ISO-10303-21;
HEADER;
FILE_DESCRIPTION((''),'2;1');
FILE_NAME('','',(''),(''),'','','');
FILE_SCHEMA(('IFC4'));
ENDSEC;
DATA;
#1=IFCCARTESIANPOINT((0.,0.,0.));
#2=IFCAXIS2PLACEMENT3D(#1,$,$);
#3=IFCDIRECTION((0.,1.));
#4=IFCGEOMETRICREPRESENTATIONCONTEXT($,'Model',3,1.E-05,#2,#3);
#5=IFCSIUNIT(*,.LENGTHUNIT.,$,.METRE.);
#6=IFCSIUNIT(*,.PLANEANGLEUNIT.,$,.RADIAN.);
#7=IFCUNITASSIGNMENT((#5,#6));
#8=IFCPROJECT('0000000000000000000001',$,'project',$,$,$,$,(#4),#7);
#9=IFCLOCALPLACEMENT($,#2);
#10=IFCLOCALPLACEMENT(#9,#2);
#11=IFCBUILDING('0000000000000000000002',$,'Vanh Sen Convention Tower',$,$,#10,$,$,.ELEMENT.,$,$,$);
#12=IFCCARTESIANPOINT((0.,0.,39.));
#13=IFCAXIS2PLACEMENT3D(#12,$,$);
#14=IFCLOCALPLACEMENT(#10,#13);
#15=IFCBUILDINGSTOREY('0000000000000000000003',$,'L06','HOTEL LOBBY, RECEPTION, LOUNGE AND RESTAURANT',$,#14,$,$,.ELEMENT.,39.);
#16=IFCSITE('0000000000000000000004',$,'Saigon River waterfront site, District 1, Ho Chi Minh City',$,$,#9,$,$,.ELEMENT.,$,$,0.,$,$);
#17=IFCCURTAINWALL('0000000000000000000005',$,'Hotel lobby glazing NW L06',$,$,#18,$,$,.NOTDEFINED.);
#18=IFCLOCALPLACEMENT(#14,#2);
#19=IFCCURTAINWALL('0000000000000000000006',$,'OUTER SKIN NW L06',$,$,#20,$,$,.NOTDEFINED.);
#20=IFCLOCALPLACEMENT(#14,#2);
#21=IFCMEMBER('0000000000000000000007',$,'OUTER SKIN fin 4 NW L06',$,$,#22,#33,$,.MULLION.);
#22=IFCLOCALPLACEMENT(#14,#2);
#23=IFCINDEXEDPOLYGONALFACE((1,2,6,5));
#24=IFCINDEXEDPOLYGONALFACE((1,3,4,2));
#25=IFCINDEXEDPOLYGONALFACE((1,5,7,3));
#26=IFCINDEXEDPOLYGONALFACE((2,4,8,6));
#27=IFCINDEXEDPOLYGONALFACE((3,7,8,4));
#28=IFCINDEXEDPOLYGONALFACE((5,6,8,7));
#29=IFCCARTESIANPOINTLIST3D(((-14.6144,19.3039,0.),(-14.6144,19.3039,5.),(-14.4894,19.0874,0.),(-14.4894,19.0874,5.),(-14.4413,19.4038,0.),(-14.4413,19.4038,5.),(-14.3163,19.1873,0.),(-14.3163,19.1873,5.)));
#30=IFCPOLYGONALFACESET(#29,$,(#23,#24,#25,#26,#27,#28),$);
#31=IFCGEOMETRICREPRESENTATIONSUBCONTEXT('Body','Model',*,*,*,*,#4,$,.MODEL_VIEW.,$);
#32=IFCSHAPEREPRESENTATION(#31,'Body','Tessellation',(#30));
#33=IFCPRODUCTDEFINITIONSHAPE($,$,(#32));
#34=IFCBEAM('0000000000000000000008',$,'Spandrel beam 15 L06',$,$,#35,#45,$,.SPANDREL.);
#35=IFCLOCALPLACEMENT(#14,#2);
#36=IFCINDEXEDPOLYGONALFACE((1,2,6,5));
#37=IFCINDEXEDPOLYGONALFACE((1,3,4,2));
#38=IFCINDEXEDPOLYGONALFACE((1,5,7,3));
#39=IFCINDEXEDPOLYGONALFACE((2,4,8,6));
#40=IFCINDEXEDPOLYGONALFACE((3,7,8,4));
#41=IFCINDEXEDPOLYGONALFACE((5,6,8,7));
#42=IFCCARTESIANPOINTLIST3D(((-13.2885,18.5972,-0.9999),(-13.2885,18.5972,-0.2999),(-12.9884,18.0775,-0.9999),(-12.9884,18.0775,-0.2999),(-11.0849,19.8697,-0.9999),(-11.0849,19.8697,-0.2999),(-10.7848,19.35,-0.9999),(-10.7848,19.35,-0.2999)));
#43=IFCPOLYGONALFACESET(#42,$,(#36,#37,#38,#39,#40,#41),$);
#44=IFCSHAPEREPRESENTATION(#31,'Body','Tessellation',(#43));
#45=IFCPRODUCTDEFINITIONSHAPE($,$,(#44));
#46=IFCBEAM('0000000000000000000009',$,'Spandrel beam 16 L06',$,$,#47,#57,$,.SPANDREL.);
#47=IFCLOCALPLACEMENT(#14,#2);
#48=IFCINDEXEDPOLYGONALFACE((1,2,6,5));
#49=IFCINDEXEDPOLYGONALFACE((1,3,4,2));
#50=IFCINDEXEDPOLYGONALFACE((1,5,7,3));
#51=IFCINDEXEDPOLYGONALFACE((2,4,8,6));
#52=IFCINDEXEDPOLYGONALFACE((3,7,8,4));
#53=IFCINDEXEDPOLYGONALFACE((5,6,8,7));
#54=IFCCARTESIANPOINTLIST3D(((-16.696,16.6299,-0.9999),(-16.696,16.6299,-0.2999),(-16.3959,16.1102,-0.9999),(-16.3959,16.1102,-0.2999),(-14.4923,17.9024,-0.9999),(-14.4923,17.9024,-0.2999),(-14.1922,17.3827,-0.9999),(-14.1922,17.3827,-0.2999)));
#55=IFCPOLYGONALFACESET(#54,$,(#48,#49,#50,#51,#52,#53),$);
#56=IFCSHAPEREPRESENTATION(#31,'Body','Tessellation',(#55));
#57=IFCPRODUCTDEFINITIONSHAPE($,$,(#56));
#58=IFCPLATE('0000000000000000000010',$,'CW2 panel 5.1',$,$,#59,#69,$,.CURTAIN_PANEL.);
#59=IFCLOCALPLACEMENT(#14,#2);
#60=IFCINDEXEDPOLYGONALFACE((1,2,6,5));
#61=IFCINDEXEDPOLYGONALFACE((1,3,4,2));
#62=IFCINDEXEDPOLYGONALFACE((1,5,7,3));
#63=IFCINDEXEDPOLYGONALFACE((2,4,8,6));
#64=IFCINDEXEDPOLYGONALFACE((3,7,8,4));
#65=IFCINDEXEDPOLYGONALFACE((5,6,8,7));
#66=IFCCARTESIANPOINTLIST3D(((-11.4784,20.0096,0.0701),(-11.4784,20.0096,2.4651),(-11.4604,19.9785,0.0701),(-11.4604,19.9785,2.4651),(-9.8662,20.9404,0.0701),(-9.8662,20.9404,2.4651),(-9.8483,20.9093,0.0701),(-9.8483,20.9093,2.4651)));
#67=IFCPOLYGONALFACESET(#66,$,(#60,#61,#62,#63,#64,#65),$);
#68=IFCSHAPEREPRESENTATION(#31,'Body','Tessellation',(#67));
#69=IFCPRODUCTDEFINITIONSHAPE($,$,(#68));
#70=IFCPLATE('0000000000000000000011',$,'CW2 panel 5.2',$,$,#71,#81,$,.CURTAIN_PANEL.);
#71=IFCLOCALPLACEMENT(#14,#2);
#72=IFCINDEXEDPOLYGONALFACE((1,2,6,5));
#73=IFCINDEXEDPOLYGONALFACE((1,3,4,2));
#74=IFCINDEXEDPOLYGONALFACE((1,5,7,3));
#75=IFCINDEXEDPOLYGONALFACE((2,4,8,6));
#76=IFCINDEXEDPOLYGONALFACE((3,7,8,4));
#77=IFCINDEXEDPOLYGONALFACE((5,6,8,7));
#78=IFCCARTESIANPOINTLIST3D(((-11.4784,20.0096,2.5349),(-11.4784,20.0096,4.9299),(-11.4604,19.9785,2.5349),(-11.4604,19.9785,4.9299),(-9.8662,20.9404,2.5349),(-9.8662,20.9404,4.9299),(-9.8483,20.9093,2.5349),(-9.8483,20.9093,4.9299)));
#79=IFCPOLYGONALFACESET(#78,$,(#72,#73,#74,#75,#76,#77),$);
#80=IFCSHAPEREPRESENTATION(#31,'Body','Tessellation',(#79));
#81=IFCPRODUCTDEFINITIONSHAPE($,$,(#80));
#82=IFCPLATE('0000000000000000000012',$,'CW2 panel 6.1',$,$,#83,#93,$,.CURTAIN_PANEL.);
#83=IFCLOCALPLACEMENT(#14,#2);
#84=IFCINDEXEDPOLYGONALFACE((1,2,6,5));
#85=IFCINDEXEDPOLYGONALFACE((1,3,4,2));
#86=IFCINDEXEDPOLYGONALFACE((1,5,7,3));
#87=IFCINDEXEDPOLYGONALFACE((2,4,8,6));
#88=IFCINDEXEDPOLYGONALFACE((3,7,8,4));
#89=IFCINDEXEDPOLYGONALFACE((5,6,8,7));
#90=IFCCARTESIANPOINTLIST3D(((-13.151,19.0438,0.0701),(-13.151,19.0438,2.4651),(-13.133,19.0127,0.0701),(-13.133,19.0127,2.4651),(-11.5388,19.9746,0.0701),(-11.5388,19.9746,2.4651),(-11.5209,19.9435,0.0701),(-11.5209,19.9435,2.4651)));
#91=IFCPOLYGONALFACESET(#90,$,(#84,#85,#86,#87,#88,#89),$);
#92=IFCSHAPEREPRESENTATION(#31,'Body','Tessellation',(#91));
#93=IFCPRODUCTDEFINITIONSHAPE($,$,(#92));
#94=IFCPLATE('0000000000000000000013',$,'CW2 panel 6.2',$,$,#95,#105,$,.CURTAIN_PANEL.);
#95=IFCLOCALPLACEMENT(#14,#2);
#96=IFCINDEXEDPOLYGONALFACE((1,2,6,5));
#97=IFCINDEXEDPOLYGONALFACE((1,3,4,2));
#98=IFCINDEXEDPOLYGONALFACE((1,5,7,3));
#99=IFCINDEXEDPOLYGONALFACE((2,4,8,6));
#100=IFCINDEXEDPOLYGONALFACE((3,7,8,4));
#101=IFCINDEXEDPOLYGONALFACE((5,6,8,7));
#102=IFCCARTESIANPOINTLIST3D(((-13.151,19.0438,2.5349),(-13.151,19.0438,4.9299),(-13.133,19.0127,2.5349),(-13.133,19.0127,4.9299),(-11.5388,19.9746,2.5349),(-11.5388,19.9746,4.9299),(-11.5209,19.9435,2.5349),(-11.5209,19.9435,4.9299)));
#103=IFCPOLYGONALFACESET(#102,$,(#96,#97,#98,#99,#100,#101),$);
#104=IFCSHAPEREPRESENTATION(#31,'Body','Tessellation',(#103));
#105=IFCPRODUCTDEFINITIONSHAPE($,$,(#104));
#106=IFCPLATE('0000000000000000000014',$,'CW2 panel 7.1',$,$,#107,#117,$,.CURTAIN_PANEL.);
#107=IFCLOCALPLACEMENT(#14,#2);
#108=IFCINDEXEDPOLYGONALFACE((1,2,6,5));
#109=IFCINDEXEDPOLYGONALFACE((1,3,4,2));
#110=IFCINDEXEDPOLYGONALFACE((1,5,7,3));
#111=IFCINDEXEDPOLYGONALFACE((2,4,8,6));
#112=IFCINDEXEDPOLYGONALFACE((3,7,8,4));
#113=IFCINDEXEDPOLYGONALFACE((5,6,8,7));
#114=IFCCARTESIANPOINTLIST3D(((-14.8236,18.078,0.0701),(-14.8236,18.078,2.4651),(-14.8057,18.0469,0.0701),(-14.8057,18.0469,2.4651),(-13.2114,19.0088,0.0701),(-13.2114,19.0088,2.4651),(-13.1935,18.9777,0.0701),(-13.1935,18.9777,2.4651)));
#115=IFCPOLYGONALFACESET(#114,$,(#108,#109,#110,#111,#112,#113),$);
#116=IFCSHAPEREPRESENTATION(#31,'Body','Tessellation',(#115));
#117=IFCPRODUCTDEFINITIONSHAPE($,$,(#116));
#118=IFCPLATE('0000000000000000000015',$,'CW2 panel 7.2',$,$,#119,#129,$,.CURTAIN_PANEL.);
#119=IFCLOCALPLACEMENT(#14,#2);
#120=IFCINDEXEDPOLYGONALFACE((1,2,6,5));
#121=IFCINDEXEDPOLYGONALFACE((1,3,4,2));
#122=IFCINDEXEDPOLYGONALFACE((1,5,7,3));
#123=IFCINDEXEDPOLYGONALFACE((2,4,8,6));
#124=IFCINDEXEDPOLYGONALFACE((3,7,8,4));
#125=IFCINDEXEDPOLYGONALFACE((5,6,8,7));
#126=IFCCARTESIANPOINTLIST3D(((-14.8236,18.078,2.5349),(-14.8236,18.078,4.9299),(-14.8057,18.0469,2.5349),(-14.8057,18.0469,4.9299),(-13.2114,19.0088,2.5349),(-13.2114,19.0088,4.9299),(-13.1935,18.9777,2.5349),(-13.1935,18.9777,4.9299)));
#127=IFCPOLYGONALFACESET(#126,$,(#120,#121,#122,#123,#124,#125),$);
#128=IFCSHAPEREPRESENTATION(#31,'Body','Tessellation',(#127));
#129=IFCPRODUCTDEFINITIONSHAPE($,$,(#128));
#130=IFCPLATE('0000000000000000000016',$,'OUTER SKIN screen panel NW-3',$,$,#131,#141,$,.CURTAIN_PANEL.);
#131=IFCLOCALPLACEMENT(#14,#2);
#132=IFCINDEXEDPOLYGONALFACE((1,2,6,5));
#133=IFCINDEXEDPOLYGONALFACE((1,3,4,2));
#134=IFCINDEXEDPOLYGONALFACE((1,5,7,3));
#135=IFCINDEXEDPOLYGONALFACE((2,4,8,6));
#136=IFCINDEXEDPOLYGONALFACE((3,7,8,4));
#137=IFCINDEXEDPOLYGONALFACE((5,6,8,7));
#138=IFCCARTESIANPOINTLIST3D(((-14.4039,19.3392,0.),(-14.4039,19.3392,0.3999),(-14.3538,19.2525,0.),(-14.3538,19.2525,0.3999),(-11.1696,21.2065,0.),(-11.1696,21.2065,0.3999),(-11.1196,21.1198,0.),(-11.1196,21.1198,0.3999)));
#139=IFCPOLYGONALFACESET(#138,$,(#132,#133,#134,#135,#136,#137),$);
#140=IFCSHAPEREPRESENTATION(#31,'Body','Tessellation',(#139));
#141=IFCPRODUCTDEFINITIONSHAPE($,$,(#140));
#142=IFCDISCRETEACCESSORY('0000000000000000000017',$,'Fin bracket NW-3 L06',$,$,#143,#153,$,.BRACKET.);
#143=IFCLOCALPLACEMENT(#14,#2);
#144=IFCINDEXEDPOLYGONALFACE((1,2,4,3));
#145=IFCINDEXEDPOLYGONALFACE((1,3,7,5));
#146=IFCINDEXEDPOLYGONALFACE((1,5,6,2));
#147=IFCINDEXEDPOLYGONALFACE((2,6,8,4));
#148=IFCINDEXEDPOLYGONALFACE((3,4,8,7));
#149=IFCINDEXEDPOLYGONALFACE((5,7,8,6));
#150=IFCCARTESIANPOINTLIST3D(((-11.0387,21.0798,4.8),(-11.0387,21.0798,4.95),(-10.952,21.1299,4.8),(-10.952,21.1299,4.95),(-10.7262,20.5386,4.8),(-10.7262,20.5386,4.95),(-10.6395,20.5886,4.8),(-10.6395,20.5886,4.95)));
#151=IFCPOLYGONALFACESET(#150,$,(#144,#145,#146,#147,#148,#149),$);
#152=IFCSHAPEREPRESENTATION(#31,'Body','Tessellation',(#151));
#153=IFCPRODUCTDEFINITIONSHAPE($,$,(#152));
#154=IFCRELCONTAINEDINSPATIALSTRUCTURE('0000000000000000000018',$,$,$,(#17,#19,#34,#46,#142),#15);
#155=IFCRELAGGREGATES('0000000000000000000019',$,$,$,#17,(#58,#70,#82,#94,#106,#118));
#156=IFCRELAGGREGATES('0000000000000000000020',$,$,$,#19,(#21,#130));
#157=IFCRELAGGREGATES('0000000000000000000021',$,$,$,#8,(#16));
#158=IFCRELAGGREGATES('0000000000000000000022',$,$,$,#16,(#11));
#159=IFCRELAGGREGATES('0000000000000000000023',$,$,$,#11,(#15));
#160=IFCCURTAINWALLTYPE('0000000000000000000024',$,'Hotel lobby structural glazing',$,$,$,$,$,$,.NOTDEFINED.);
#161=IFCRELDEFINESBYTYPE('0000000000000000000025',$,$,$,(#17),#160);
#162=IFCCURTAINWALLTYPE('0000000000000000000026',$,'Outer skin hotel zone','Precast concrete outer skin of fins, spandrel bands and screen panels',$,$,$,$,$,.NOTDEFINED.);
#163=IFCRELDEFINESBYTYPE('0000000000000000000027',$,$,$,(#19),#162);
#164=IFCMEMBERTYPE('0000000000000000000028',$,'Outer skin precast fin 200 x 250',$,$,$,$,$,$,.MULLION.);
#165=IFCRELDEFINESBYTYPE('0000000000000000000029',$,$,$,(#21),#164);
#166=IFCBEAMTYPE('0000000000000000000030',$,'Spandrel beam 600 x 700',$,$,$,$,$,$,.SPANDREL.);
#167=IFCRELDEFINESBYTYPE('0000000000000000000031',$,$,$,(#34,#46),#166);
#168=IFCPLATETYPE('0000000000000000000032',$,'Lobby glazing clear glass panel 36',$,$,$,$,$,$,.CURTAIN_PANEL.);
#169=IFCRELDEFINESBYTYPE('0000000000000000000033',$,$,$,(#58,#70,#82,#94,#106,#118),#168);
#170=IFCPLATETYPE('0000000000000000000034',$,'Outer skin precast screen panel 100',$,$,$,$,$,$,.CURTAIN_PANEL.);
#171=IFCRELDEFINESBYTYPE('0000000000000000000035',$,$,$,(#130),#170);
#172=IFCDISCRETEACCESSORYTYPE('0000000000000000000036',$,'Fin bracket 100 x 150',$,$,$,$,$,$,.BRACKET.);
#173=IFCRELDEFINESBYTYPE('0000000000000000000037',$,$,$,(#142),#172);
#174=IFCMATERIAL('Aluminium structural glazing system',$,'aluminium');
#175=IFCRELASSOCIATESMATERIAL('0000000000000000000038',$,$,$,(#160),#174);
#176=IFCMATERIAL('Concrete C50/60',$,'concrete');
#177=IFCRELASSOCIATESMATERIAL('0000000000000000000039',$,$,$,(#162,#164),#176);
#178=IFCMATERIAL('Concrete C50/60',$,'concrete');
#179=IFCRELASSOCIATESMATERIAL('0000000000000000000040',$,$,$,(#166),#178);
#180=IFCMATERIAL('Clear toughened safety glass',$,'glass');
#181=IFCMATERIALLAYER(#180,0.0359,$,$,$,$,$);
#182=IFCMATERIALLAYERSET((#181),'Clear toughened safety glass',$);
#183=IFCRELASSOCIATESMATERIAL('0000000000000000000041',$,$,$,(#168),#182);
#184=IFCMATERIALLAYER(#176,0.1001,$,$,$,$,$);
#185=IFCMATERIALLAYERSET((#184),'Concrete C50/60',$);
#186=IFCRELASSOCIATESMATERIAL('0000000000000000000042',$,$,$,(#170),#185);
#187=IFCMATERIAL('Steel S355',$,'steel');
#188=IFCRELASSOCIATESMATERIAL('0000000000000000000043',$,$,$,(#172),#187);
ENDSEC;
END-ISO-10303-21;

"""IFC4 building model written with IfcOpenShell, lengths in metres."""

from ifc_helpers import new_model, si_unit, direction, frame, origin, origin_2d, place, context, subcontext, project, spatial, rectangle, extrude, material, layer, layer_set, material_profile, profile_set, type_object, element, aggregate, save


model = new_model("IFC4")

# Units and contexts
model_context = context("Model", 3, precision=1e-05, world=origin(), true_north=direction((0.0, 1.0)))
body_context = subcontext(model_context, "Body", "Model", "MODEL_VIEW")
ifc_project = project(units=[si_unit("LENGTHUNIT", "METRE"), si_unit("PLANEANGLEUNIT", "RADIAN")], contexts=[model_context])

# Site, building, storey
site_placement = place(None, origin())
site = spatial("IfcSite", under=ifc_project, at=site_placement, Name="Saigon River waterfront site, District 1, Ho Chi Minh City", CompositionType="ELEMENT", RefElevation=0.0)
building_placement = place(site_placement, origin())
building = spatial("IfcBuilding", under=site, at=building_placement, Name="Vanh Sen Convention Tower", CompositionType="ELEMENT")
storey_placement = place(building_placement, frame((0.0, 0.0, 39.0)))
storey = spatial("IfcBuildingStorey", under=building, at=storey_placement, Name="L06", Description="HOTEL LOBBY, RECEPTION, LOUNGE AND RESTAURANT", CompositionType="ELEMENT", Elevation=39.0)

# Curtain walls, member
ifc_material_1 = material(Name="Aluminium structural glazing system", Category="aluminium")
curtain_wall_type_1 = type_object("IfcCurtainWallType", Name="Hotel lobby structural glazing", PredefinedType="NOTDEFINED", material=ifc_material_1)
curtain_wall_1_placement = place(storey_placement, origin())
curtain_wall_1 = element("IfcCurtainWall", 1, at=curtain_wall_1_placement, inside=storey, type_object=curtain_wall_type_1, Name="Hotel lobby glazing NW L06", PredefinedType="NOTDEFINED")
ifc_material_2 = material(Name="Concrete C50/60", Category="concrete")
curtain_wall_type_2 = type_object("IfcCurtainWallType", Name="Outer skin hotel zone", Description="Precast concrete outer skin of fins, spandrel bands and screen panels", PredefinedType="NOTDEFINED", material=ifc_material_2)
curtain_wall_2_placement = place(storey_placement, origin())
curtain_wall_2 = element("IfcCurtainWall", 2, at=curtain_wall_2_placement, inside=storey, type_object=curtain_wall_type_2, Name="OUTER SKIN NW L06", PredefinedType="NOTDEFINED")
ifc_material_profile_1 = material_profile(ifc_material_2, rectangle(XDim=0.2, YDim=0.25, at=origin_2d()), Name="Outer skin precast fin 200 x 250")
ifc_profile_set_1 = profile_set([ifc_material_profile_1], Name="Concrete C50/60")
member_type_1 = type_object("IfcMemberType", Name="Outer skin precast fin 200 x 250", PredefinedType="MULLION", material=ifc_profile_set_1)
member_1_placement = place(storey_placement, frame((-14.4653, 19.2456, 0.0), z_axis=(0.0, 0.0, 1.0), x_axis=(-0.866025, -0.5, 0.0)))
member_1 = element("IfcMember", 3, at=member_1_placement, type_object=member_type_1, Name="OUTER SKIN fin 4 NW L06", PredefinedType="MULLION", context=body_context, shape_type="SweptSolid", body=[
    extrude(rectangle(XDim=0.2, YDim=0.25, at=origin_2d()), origin(), (0.0, 0.0, 1.0), 5.0),
])

# Beams
ifc_material_3 = material(Name="Concrete C50/60", Category="concrete")
ifc_material_profile_2 = material_profile(ifc_material_3, rectangle(XDim=0.6001, YDim=0.7, at=origin_2d()), Name="RC 600X700")
ifc_profile_set_2 = profile_set([ifc_material_profile_2], Name="Concrete C50/60")
beam_type = type_object("IfcBeamType", Name="Spandrel beam 600 x 700", PredefinedType="SPANDREL", material=ifc_profile_set_2)
for number, where, z_axis, x_axis, name in (
    (4, (-10.9348, 19.6099, -0.6499), (-0.865991, -0.50006, 0.0), (0.50006, -0.865991, 0.0), "Spandrel beam 15 L06"),
    (5, (-14.3423, 17.6426, -0.6499), (-0.865991, -0.50006, 0.0), (0.50006, -0.865991, 0.0), "Spandrel beam 16 L06"),
):
    element("IfcBeam", number, at=place(storey_placement, frame(where, z_axis=z_axis, x_axis=x_axis)), inside=storey, type_object=beam_type, Name=name, PredefinedType="SPANDREL", context=body_context, shape_type="SweptSolid", body=[
        extrude(rectangle(XDim=0.6001, YDim=0.7, at=origin_2d()), origin(), (0.0, 0.0, 1.0), 2.5447),
    ])

# Plates
ifc_material_4 = material(Name="Clear toughened safety glass", Category="glass")
ifc_layer_1 = layer(ifc_material_4, 0.0359)
ifc_layer_set_1 = layer_set([ifc_layer_1], Name="Clear toughened safety glass")
plate_type_1 = type_object("IfcPlateType", Name="Lobby glazing clear glass panel 36", PredefinedType="CURTAIN_PANEL", material=ifc_layer_set_1)
plate_1_placement = place(storey_placement, frame((-10.6633, 20.4595, 0.0701), z_axis=(0.0, 0.0, 1.0), x_axis=(-0.866025, -0.500001, 0.0)))
plate_1 = element("IfcPlate", 6, at=plate_1_placement, type_object=plate_type_1, Name="CW2 panel 5.1", PredefinedType="CURTAIN_PANEL", context=body_context, shape_type="SweptSolid", body=[
    extrude(rectangle(XDim=1.8616, YDim=0.0359, at=origin_2d()), origin(), (0.0, 0.0, 1.0), 2.395),
])
plate_2_placement = place(storey_placement, frame((-10.6633, 20.4595, 2.5349), z_axis=(0.0, 0.0, 1.0), x_axis=(-0.866025, -0.500001, 0.0)))
plate_2 = element("IfcPlate", 7, at=plate_2_placement, type_object=plate_type_1, Name="CW2 panel 5.2", PredefinedType="CURTAIN_PANEL", context=body_context, shape_type="SweptSolid", body=[
    extrude(rectangle(XDim=1.8616, YDim=0.0359, at=origin_2d()), origin(), (0.0, 0.0, 1.0), 2.395),
])
plate_3_placement = place(storey_placement, frame((-12.3359, 19.4937, 0.0701), z_axis=(0.0, 0.0, 1.0), x_axis=(-0.866025, -0.500001, 0.0)))
plate_3 = element("IfcPlate", 8, at=plate_3_placement, type_object=plate_type_1, Name="CW2 panel 6.1", PredefinedType="CURTAIN_PANEL", context=body_context, shape_type="SweptSolid", body=[
    extrude(rectangle(XDim=1.8616, YDim=0.0359, at=origin_2d()), origin(), (0.0, 0.0, 1.0), 2.395),
])
plate_4_placement = place(storey_placement, frame((-12.3359, 19.4937, 2.5349), z_axis=(0.0, 0.0, 1.0), x_axis=(-0.866025, -0.500001, 0.0)))
plate_4 = element("IfcPlate", 9, at=plate_4_placement, type_object=plate_type_1, Name="CW2 panel 6.2", PredefinedType="CURTAIN_PANEL", context=body_context, shape_type="SweptSolid", body=[
    extrude(rectangle(XDim=1.8616, YDim=0.0359, at=origin_2d()), origin(), (0.0, 0.0, 1.0), 2.395),
])
plate_5_placement = place(storey_placement, frame((-14.0085, 18.5278, 0.0701), z_axis=(0.0, 0.0, 1.0), x_axis=(-0.866025, -0.500001, 0.0)))
plate_5 = element("IfcPlate", 10, at=plate_5_placement, type_object=plate_type_1, Name="CW2 panel 7.1", PredefinedType="CURTAIN_PANEL", context=body_context, shape_type="SweptSolid", body=[
    extrude(rectangle(XDim=1.8616, YDim=0.0359, at=origin_2d()), origin(), (0.0, 0.0, 1.0), 2.395),
])
plate_6_placement = place(storey_placement, frame((-14.0085, 18.5278, 2.5349), z_axis=(0.0, 0.0, 1.0), x_axis=(-0.866025, -0.500001, 0.0)))
plate_6 = element("IfcPlate", 11, at=plate_6_placement, type_object=plate_type_1, Name="CW2 panel 7.2", PredefinedType="CURTAIN_PANEL", context=body_context, shape_type="SweptSolid", body=[
    extrude(rectangle(XDim=1.8616, YDim=0.0359, at=origin_2d()), origin(), (0.0, 0.0, 1.0), 2.395),
])
aggregate(curtain_wall_1, [plate_1, plate_2, plate_3, plate_4, plate_5, plate_6])
ifc_layer_2 = layer(ifc_material_2, 0.1001)
ifc_layer_set_2 = layer_set([ifc_layer_2], Name="Concrete C50/60")
plate_type_2 = type_object("IfcPlateType", Name="Outer skin precast screen panel 100", PredefinedType="CURTAIN_PANEL", material=ifc_layer_set_2)
plate_7_placement = place(storey_placement, frame((-12.7617, 20.2295, 0.0), z_axis=(0.0, 0.0, 1.0), x_axis=(-0.866028, -0.499995, 0.0)))
plate_7 = element("IfcPlate", 12, at=plate_7_placement, type_object=plate_type_2, Name="OUTER SKIN screen panel NW-3", PredefinedType="CURTAIN_PANEL", context=body_context, shape_type="SweptSolid", body=[
    extrude(rectangle(XDim=3.7346, YDim=0.1001, at=origin_2d()), origin(), (0.0, 0.0, 1.0), 0.3999),
])
aggregate(curtain_wall_2, [member_1, plate_7])

# Discrete accessory
ifc_material_5 = material(Name="Steel S355", Category="steel")
discrete_accessory_type = type_object("IfcDiscreteAccessoryType", Name="Fin bracket 100 x 150", PredefinedType="BRACKET", material=ifc_material_5)
discrete_accessory_placement = place(storey_placement, frame((-10.8391, 20.8342, 4.8), z_axis=(0.0, 0.0, 1.0), x_axis=(-0.5, 0.866025, 0.0)))
element("IfcDiscreteAccessory", 13, at=discrete_accessory_placement, inside=storey, type_object=discrete_accessory_type, Name="Fin bracket NW-3 L06", PredefinedType="BRACKET", context=body_context, shape_type="SweptSolid", body=[
    extrude(rectangle(XDim=0.625, YDim=0.1001, at=origin_2d()), origin(), (0.0, 0.0, 1.0), 0.1499),
])

save(model, "model.ifc")
